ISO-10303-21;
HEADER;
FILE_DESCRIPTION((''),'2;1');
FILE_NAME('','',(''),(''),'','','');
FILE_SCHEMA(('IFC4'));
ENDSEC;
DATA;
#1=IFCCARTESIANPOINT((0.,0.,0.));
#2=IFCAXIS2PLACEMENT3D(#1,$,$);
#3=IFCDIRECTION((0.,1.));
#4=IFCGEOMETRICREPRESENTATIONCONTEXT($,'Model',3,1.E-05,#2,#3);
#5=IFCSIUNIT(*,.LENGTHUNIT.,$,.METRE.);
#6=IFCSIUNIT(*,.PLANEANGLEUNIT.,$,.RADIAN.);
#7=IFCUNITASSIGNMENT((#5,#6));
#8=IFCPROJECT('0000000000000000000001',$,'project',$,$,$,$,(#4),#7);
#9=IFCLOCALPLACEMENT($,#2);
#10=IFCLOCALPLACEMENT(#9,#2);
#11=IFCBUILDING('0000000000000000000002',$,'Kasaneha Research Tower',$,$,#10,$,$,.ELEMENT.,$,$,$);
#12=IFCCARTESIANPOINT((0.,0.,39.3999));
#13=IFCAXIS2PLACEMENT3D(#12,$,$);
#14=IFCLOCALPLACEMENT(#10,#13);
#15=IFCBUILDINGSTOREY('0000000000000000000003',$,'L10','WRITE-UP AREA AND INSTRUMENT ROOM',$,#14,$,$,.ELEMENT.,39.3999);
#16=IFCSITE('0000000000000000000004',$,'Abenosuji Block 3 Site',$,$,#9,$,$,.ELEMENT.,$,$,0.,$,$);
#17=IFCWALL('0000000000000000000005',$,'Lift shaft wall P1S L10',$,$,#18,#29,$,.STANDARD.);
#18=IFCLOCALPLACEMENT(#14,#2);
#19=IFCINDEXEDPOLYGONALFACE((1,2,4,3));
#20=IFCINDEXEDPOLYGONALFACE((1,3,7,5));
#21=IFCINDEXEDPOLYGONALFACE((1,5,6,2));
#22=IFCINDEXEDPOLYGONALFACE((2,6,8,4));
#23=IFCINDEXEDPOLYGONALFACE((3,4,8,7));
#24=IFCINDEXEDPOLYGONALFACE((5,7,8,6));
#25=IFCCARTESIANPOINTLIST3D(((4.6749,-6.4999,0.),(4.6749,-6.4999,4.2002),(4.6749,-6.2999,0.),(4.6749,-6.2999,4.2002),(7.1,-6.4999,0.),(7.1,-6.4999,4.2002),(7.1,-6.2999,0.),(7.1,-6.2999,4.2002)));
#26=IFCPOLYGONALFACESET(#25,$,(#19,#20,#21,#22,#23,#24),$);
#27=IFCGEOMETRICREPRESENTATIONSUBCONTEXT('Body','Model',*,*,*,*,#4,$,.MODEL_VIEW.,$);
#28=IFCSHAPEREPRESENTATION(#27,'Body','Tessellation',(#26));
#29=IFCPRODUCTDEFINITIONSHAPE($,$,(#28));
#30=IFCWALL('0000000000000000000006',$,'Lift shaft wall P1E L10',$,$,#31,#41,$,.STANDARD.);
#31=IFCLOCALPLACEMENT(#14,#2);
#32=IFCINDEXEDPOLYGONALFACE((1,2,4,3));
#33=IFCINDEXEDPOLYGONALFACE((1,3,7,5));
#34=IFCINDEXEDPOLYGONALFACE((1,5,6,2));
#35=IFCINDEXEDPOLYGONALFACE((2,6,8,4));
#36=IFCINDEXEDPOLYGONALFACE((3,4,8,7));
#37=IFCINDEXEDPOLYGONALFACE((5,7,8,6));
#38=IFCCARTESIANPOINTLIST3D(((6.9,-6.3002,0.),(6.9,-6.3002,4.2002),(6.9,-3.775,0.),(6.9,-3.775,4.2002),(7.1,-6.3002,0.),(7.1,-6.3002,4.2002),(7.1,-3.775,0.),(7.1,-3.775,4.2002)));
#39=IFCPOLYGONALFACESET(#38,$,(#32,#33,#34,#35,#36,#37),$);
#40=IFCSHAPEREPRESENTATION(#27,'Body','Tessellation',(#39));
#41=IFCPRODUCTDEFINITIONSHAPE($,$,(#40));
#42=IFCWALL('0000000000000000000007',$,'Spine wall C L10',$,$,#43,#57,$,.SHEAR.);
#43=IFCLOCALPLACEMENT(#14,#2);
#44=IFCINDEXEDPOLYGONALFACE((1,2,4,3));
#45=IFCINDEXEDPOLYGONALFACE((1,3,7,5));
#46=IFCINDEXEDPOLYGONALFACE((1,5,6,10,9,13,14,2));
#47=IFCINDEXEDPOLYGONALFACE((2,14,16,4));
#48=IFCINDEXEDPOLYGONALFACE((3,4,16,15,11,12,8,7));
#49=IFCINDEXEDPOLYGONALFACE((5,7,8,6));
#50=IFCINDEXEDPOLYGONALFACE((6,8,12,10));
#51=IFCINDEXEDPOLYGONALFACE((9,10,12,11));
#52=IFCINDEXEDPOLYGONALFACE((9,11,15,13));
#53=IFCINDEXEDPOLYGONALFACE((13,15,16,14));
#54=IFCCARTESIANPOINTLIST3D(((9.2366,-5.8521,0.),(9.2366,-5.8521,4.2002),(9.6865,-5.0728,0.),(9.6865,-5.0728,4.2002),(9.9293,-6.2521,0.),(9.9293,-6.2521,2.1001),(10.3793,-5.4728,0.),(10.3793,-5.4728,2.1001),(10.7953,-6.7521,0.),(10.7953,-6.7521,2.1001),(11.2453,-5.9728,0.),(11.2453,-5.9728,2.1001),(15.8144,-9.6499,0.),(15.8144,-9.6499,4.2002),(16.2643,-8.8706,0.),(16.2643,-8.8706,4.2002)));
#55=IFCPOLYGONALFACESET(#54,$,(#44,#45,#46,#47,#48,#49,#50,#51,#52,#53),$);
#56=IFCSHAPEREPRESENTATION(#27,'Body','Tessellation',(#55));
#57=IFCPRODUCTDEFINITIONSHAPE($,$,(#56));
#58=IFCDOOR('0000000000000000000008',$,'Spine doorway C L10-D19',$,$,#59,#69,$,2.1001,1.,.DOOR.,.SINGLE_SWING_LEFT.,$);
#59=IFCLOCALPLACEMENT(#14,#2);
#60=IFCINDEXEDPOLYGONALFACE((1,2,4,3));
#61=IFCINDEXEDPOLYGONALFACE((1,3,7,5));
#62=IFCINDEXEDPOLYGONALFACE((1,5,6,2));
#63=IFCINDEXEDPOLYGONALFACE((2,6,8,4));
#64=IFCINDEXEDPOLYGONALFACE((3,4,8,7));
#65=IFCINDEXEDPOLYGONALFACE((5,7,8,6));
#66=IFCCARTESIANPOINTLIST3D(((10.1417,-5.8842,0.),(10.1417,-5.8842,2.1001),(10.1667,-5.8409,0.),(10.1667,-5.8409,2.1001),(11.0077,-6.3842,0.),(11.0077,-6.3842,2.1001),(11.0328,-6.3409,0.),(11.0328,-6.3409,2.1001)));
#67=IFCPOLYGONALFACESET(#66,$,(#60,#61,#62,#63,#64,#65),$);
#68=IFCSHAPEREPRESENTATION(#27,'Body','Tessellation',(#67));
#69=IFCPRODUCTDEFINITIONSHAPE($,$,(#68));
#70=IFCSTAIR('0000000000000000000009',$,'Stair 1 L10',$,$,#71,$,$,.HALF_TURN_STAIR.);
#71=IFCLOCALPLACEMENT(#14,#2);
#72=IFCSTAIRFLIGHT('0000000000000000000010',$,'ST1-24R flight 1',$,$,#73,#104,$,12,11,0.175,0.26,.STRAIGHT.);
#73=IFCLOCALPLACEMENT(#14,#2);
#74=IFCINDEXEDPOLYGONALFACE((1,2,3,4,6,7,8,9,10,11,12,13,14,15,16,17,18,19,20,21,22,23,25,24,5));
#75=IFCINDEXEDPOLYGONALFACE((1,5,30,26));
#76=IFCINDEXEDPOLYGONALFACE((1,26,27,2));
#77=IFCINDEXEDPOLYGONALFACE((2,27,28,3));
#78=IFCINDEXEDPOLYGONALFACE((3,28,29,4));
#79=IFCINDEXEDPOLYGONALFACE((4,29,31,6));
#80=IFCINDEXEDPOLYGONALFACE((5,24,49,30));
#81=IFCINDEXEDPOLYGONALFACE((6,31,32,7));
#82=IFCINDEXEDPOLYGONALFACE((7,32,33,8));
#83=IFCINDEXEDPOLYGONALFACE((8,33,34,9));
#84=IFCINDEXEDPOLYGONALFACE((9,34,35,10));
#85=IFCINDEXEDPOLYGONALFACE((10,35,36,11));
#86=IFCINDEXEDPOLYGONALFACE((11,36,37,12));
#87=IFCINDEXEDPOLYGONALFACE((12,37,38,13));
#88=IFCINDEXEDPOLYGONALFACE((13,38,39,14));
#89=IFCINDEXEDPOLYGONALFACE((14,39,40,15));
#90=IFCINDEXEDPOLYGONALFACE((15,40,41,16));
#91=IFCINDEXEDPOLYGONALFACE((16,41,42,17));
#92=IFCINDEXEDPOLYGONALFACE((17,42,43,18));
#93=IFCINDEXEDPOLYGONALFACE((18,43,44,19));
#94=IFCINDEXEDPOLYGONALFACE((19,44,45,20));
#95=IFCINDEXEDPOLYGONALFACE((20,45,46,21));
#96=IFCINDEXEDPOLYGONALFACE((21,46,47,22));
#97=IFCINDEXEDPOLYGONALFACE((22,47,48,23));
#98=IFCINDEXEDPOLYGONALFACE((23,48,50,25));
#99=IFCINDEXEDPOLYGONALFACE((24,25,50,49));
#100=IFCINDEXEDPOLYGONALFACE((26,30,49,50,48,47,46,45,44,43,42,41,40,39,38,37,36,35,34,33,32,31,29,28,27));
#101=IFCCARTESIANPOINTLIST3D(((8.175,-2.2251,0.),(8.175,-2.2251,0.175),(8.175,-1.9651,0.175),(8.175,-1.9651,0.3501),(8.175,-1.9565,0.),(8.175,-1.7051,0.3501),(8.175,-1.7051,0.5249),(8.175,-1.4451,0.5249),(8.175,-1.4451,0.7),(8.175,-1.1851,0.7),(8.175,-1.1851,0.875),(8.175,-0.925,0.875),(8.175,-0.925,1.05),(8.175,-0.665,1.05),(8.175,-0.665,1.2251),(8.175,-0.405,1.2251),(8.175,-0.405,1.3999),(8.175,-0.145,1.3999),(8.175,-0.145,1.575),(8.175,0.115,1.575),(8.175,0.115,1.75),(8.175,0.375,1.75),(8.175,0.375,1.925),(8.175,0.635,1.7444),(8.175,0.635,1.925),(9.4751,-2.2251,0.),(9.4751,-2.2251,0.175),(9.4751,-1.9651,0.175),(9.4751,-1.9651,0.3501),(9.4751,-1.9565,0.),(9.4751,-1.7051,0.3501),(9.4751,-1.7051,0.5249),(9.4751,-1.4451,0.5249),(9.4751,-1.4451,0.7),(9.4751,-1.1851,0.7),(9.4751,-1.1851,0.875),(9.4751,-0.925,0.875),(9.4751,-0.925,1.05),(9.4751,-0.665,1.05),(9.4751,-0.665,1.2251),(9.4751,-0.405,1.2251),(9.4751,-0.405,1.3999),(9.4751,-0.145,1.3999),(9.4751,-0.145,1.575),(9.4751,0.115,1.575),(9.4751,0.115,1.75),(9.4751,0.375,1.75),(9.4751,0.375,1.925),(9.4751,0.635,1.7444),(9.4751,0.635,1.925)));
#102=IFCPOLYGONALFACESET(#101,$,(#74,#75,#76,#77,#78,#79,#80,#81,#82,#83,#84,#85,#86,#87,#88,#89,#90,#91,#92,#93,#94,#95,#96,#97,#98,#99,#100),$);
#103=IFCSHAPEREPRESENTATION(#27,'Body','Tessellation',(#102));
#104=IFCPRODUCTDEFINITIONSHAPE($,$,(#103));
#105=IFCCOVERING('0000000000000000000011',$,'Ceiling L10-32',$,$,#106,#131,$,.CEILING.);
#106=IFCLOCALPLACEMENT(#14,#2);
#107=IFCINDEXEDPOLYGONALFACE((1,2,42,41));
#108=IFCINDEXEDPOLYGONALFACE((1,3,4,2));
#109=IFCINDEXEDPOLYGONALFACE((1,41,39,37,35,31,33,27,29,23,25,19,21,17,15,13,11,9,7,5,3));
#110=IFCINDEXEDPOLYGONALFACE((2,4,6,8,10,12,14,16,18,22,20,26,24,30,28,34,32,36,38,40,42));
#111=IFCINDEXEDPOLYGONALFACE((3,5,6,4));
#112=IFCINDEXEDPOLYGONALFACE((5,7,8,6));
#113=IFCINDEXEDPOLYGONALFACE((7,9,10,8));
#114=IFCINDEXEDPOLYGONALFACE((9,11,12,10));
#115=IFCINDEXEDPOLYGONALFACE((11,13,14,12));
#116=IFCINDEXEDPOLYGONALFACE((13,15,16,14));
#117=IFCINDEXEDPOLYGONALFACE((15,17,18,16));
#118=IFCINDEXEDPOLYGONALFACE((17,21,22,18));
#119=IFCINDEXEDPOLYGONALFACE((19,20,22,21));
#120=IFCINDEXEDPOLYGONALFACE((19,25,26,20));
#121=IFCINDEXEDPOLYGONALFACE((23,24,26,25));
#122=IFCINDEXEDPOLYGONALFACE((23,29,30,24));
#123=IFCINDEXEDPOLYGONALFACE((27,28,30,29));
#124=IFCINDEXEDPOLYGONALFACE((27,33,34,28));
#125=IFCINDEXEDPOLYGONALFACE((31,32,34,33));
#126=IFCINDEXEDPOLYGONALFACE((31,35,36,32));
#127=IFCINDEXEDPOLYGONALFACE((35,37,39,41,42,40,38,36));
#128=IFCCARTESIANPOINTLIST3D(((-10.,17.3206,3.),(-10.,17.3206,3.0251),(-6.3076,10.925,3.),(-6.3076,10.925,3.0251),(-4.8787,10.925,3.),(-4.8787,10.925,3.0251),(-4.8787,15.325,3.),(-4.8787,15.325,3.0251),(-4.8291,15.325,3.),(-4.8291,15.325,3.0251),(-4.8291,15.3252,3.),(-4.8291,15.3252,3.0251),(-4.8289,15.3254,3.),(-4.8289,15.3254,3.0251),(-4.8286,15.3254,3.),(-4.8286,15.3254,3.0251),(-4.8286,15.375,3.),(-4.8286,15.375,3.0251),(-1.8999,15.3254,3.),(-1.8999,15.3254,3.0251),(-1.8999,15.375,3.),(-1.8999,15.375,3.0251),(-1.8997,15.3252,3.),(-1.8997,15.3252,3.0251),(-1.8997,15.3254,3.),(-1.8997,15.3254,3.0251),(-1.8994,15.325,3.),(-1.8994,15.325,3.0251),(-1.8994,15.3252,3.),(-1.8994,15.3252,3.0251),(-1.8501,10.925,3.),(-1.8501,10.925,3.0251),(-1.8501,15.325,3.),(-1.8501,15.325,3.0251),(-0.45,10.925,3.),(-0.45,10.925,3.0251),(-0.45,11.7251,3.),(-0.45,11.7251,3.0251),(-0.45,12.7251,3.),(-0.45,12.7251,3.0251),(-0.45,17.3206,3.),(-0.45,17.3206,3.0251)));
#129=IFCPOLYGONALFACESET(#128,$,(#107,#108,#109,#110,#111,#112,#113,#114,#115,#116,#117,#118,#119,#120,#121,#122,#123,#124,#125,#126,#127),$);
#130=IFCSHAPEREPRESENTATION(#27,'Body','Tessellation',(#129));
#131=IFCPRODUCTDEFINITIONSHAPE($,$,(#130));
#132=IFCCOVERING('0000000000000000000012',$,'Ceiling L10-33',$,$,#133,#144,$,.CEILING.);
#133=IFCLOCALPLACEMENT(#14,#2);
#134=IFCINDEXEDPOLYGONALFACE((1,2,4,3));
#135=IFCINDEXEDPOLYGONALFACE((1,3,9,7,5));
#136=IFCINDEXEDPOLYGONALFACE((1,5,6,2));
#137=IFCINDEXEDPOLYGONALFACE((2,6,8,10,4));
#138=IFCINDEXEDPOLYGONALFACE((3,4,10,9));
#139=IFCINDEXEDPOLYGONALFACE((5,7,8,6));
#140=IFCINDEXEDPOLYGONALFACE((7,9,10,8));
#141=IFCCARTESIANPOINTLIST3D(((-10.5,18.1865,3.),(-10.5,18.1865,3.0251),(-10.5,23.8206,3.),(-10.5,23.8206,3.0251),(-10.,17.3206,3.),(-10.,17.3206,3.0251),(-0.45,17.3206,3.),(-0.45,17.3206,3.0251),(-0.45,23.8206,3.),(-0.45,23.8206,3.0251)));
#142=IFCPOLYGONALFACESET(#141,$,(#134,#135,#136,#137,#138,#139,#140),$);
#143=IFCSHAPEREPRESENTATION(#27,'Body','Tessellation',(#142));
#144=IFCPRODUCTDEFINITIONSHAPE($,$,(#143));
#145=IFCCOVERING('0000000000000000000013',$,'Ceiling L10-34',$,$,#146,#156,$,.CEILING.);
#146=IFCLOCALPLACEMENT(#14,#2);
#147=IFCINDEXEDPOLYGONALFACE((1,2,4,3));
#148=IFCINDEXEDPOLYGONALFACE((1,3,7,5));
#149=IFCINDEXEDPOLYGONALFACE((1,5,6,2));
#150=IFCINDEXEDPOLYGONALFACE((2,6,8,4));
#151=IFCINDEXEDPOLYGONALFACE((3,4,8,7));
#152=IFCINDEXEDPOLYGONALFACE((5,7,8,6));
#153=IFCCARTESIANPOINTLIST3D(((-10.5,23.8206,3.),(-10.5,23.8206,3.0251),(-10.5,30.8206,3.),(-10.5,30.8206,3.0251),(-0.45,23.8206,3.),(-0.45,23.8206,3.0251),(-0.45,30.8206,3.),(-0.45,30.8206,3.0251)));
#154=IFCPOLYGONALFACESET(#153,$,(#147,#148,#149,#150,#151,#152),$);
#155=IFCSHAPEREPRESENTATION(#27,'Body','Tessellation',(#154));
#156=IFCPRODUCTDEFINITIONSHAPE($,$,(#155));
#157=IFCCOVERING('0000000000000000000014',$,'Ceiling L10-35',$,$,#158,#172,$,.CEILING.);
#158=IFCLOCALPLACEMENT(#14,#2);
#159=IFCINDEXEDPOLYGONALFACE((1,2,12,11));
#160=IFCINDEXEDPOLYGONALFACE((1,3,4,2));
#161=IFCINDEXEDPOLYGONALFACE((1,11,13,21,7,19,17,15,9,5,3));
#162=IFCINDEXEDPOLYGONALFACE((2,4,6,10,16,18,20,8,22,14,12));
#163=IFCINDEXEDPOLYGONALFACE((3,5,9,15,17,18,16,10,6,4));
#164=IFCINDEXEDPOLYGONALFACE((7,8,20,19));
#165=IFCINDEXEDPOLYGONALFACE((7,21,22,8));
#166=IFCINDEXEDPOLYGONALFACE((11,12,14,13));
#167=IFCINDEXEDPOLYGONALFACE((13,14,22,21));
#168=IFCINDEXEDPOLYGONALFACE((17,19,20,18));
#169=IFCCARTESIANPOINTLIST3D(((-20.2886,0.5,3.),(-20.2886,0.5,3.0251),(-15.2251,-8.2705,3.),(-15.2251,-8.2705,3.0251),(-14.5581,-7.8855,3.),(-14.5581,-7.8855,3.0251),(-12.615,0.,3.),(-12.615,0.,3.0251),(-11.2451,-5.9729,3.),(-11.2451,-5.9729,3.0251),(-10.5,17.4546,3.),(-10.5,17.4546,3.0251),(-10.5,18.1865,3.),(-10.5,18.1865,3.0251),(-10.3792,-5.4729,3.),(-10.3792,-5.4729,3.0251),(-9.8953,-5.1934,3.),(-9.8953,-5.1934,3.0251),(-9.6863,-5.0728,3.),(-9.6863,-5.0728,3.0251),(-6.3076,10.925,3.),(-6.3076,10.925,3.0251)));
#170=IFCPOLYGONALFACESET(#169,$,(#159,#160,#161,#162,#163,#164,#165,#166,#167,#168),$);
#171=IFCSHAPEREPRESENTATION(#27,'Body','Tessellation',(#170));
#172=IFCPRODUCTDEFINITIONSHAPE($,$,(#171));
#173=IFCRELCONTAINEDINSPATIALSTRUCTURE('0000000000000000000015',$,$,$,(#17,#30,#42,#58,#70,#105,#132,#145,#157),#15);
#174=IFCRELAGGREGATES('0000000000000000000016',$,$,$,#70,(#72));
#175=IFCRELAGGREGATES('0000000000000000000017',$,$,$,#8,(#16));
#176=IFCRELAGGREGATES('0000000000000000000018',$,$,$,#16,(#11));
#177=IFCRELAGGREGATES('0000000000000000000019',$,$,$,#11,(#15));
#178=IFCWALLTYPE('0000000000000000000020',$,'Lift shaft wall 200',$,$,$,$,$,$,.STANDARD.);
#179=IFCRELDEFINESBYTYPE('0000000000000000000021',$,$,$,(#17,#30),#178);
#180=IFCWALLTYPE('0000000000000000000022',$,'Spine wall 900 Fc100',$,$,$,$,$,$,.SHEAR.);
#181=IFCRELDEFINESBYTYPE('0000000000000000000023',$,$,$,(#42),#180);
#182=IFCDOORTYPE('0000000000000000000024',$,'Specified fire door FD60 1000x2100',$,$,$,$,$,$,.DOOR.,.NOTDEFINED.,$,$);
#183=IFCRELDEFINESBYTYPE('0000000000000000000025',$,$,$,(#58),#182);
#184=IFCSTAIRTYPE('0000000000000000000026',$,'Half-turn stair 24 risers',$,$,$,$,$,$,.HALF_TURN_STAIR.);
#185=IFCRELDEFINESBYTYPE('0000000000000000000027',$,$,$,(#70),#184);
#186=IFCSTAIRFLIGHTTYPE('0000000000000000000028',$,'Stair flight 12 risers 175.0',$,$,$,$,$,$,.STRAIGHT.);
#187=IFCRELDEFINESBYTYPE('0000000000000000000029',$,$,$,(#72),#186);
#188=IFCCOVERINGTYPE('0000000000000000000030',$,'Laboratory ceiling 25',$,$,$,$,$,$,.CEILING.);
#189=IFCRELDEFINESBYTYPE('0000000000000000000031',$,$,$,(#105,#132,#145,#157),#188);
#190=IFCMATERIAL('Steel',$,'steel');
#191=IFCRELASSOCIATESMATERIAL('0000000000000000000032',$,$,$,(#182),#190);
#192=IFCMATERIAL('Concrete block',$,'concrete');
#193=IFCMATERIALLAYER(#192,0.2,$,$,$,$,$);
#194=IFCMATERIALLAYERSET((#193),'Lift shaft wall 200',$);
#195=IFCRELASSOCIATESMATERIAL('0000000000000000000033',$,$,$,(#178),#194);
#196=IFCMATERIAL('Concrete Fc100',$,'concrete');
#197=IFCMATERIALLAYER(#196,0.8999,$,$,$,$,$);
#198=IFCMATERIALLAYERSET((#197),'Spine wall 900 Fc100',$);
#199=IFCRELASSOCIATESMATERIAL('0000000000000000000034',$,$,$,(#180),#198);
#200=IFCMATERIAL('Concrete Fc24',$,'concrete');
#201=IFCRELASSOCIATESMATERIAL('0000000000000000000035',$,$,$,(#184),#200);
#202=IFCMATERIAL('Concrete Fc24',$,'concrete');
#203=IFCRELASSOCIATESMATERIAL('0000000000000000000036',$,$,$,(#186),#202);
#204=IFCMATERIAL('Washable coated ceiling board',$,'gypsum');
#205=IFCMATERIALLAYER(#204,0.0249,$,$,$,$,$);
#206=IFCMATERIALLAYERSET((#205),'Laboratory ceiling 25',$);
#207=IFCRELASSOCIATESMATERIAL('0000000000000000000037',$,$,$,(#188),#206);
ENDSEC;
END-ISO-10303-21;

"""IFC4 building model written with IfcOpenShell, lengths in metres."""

from ifc_helpers import new_model, si_unit, direction, frame, frame_2d, origin, place, context, subcontext, project, spatial, polyline, rectangle, outline, extrude, material, layer, layer_set, type_object, element, fill, aggregate, save


model = new_model("IFC4")

# Units and contexts
model_context = context("Model", 3, precision=1e-05, world=origin(), true_north=direction((0.0, 1.0)))
body_context = subcontext(model_context, "Body", "Model", "MODEL_VIEW")
ifc_project = project(units=[si_unit("LENGTHUNIT", "METRE"), si_unit("PLANEANGLEUNIT", "RADIAN")], contexts=[model_context])

# Site, building, storey
site_placement = place(None, origin())
site = spatial("IfcSite", under=ifc_project, at=site_placement, Name="Abenosuji Block 3 Site", CompositionType="ELEMENT", RefElevation=0.0)
building_placement = place(site_placement, origin())
building = spatial("IfcBuilding", under=site, at=building_placement, Name="Kasaneha Research Tower", CompositionType="ELEMENT")
storey_placement = place(building_placement, frame((0.0, 0.0, 39.3999)))
storey = spatial("IfcBuildingStorey", under=building, at=storey_placement, Name="L10", Description="WRITE-UP AREA AND INSTRUMENT ROOM", CompositionType="ELEMENT", Elevation=39.3999)

# Shared definitions
ifc_material_1 = material(Name="Steel", Category="steel")
door_type_1 = type_object("IfcDoorType", Name="Specified fire door FD60 1000x2100", OperationType="NOTDEFINED", PredefinedType="DOOR", material=ifc_material_1)

# Walls
ifc_material_2 = material(Name="Concrete block", Category="concrete")
ifc_layer_1 = layer(ifc_material_2, 0.2)
ifc_layer_set_1 = layer_set([ifc_layer_1], Name="Lift shaft wall 200")
wall_type_1 = type_object("IfcWallType", Name="Lift shaft wall 200", PredefinedType="STANDARD", material=ifc_layer_set_1)
wall_1_placement = place(storey_placement, frame((4.675, -6.3999, 0.0), z_axis=(0.0, 0.0, 1.0), x_axis=(1.0, 0.0, 0.0)))
element("IfcWall", 1, at=wall_1_placement, inside=storey, type_object=wall_type_1, Name="Lift shaft wall P1S L10", PredefinedType="STANDARD", context=body_context, shape_type="SweptSolid", body=[
    extrude(rectangle(XDim=2.425, YDim=0.2, at=frame_2d((1.2124, 0.0))), origin(), (0.0, 0.0, 1.0), 4.2002),
])
wall_2_placement = place(storey_placement, frame((7.0, -3.7749, 0.0), z_axis=(0.0, 0.0, 1.0), x_axis=(0.0, -1.0, 0.0)))
element("IfcWall", 2, at=wall_2_placement, inside=storey, type_object=wall_type_1, Name="Lift shaft wall P1E L10", PredefinedType="STANDARD", context=body_context, shape_type="SweptSolid", body=[
    extrude(rectangle(XDim=2.5251, YDim=0.2, at=frame_2d((1.2627, 0.0))), origin(), (0.0, 0.0, 1.0), 4.2002),
])

# Wall, opening, door
ifc_material_3 = material(Name="Concrete Fc100", Category="concrete")
ifc_layer_2 = layer(ifc_material_3, 0.8999)
ifc_layer_set_2 = layer_set([ifc_layer_2], Name="Spine wall 900 Fc100")
wall_type_2 = type_object("IfcWallType", Name="Spine wall 900 Fc100", PredefinedType="SHEAR", material=ifc_layer_set_2)
wall_3_placement = place(storey_placement, frame((9.4614, -5.4624, 0.0), z_axis=(0.0, 0.0, 1.0), x_axis=(0.866019, -0.500011, 0.0)))
wall_3 = element("IfcWall", 3, at=wall_3_placement, inside=storey, type_object=wall_type_2, Name="Spine wall C L10", PredefinedType="SHEAR", context=body_context, shape_type="SweptSolid", body=[
    extrude(rectangle(XDim=7.5955, YDim=0.8999, at=frame_2d((3.7979, 0.0))), origin(), (0.0, 0.0, 1.0), 4.2002),
])
opening_1_placement = place(wall_3_placement, frame((0.8, 0.0, 0.0)))
opening_1 = element("IfcOpeningElement", 4, at=opening_1_placement, cuts=wall_3, PredefinedType="OPENING", context=body_context, shape_type="SweptSolid", body=[
    extrude(rectangle(XDim=1.0, YDim=2.1001, at=frame_2d((0.5, 1.05))), frame((0.0, 0.46, 0.0), z_axis=(0.0, -1.0, 0.0), x_axis=(1.0, 0.0, 0.0)), (0.0, 0.0, 1.0), 0.9199),
])
door_1_placement = place(opening_1_placement, origin())
door_1 = element("IfcDoor", 5, at=door_1_placement, inside=storey, type_object=door_type_1, Name="Spine doorway C L10-D19", OperationType="SINGLE_SWING_LEFT", OverallHeight=2.1001, OverallWidth=1.0, PredefinedType="DOOR", context=body_context, shape_type="SweptSolid", body=[
    extrude(rectangle(XDim=1.0, YDim=2.1001, at=frame_2d((0.5, 1.05))), frame((0.0, 0.0249, 0.0), z_axis=(0.0, -1.0, 0.0), x_axis=(1.0, 0.0, 0.0)), (0.0, 0.0, 1.0), 0.05),
])
fill(opening_1, door_1)

# Stair, stair flight
ifc_material_4 = material(Name="Concrete Fc24", Category="concrete")
stair_type = type_object("IfcStairType", Name="Half-turn stair 24 risers", PredefinedType="HALF_TURN_STAIR", material=ifc_material_4)
stair_placement = place(storey_placement, origin())
stair = element("IfcStair", 6, at=stair_placement, inside=storey, type_object=stair_type, Name="Stair 1 L10", PredefinedType="HALF_TURN_STAIR")
ifc_material_5 = material(Name="Concrete Fc24", Category="concrete")
stair_flight_type = type_object("IfcStairFlightType", Name="Stair flight 12 risers 175.0", PredefinedType="STRAIGHT", material=ifc_material_5)
stair_flight_placement = place(storey_placement, frame((8.825, -2.2251, 0.0), z_axis=(0.0, 0.0, 1.0), x_axis=(0.0, 1.0, 0.0)))
stair_flight = element("IfcStairFlight", 7, at=stair_flight_placement, type_object=stair_flight_type, Name="ST1-24R flight 1", NumberOfRisers=12, NumberOfTreads=11, PredefinedType="STRAIGHT", RiserHeight=0.175, TreadLength=0.26, context=body_context, shape_type="SweptSolid", body=[
    extrude(outline(polyline([(0.0, 0.0), (0.0, 0.175), (0.26, 0.175), (0.26, 0.3501), (0.52, 0.3501), (0.52, 0.5249), (0.78, 0.5249), (0.78, 0.7), (1.04, 0.7), (1.04, 0.875), (1.3, 0.875), (1.3, 1.05), (1.5601, 1.05), (1.5601, 1.2251), (1.8201, 1.2251), (1.8201, 1.3999), (2.0801, 1.3999), (2.0801, 1.575), (2.3401, 1.575), (2.3401, 1.75), (2.6001, 1.75), (2.6001, 1.925), (2.8601, 1.925), (2.8601, 2.1001), (2.8601, 1.7444), (0.2686, 0.0), (0.0, 0.0)])), frame((0.0, 0.6499, 0.0), z_axis=(0.0, -1.0, 0.0), x_axis=(1.0, 0.0, 0.0)), (0.0, 0.0, 1.0), 1.3),
])
aggregate(stair, [stair_flight])

# Coverings
ifc_material_6 = material(Name="Washable coated ceiling board", Category="gypsum")
ifc_layer_3 = layer(ifc_material_6, 0.0249)
ifc_layer_set_3 = layer_set([ifc_layer_3], Name="Laboratory ceiling 25")
covering_type = type_object("IfcCoveringType", Name="Laboratory ceiling 25", PredefinedType="CEILING", material=ifc_layer_set_3)
covering_1_placement = place(storey_placement, frame((0.0, 0.0, 3.0)))
element("IfcCovering", 8, at=covering_1_placement, inside=storey, type_object=covering_type, Name="Ceiling L10-32", PredefinedType="CEILING", context=body_context, shape_type="SweptSolid", body=[
    extrude(outline(polyline([(-1.8501, 10.925), (-1.8501, 15.325), (-1.8994, 15.325), (-1.8994, 15.325), (-1.8994, 15.3252), (-1.8994, 15.3252), (-1.8997, 15.3252), (-1.8997, 15.3252), (-1.8997, 15.3252), (-1.8997, 15.3254), (-1.8997, 15.3254), (-1.8997, 15.3254), (-1.8997, 15.3254), (-1.8997, 15.3254), (-1.8999, 15.3254), (-1.8999, 15.3254), (-1.8999, 15.3254), (-1.8999, 15.3254), (-1.8999, 15.3254), (-1.8999, 15.375), (-4.8286, 15.375), (-4.8286, 15.3254), (-4.8286, 15.3254), (-4.8286, 15.3254), (-4.8286, 15.3254), (-4.8289, 15.3254), (-4.8289, 15.3254), (-4.8289, 15.3254), (-4.8289, 15.3254), (-4.8289, 15.3254), (-4.8289, 15.3254), (-4.8291, 15.3252), (-4.8291, 15.3252), (-4.8291, 15.3252), (-4.8291, 15.3252), (-4.8291, 15.3252), (-4.8291, 15.325), (-4.8291, 15.325), (-4.8787, 15.325), (-4.8787, 10.925), (-6.3076, 10.925), (-10.0, 17.3206), (-0.45, 17.3206), (-0.45, 12.7251), (-0.45, 11.7251), (-0.45, 10.925), (-1.8501, 10.925)])), origin(), (0.0, 0.0, 1.0), 0.0251),
])
covering_2_placement = place(storey_placement, frame((0.0, 0.0, 3.0)))
element("IfcCovering", 9, at=covering_2_placement, inside=storey, type_object=covering_type, Name="Ceiling L10-33", PredefinedType="CEILING", context=body_context, shape_type="SweptSolid", body=[
    extrude(outline(polyline([(-10.5, 23.8206), (-0.45, 23.8206), (-0.45, 17.3206), (-10.0, 17.3206), (-10.5, 18.1865), (-10.5, 23.8206)])), origin(), (0.0, 0.0, 1.0), 0.0251),
])
covering_3_placement = place(storey_placement, frame((0.0, 0.0, 3.0)))
element("IfcCovering", 10, at=covering_3_placement, inside=storey, type_object=covering_type, Name="Ceiling L10-34", PredefinedType="CEILING", context=body_context, shape_type="SweptSolid", body=[
    extrude(outline(polyline([(-0.45, 30.8206), (-0.45, 23.8206), (-10.5, 23.8206), (-10.5, 30.8206), (-0.45, 30.8206)])), origin(), (0.0, 0.0, 1.0), 0.0251),
])
covering_4_placement = place(storey_placement, frame((0.0, 0.0, 3.0)))
element("IfcCovering", 11, at=covering_4_placement, inside=storey, type_object=covering_type, Name="Ceiling L10-35", PredefinedType="CEILING", context=body_context, shape_type="SweptSolid", body=[
    extrude(outline(polyline([(-12.615, 0.0), (-9.6863, -5.0728), (-9.8953, -5.1934), (-10.3792, -5.4729), (-11.2451, -5.9729), (-14.5581, -7.8855), (-15.2251, -8.2705), (-20.2886, 0.5), (-10.5, 17.4546), (-10.5, 18.1865), (-6.3076, 10.925), (-12.615, 0.0)])), origin(), (0.0, 0.0, 1.0), 0.0251),
])

save(model, "model.ifc")
